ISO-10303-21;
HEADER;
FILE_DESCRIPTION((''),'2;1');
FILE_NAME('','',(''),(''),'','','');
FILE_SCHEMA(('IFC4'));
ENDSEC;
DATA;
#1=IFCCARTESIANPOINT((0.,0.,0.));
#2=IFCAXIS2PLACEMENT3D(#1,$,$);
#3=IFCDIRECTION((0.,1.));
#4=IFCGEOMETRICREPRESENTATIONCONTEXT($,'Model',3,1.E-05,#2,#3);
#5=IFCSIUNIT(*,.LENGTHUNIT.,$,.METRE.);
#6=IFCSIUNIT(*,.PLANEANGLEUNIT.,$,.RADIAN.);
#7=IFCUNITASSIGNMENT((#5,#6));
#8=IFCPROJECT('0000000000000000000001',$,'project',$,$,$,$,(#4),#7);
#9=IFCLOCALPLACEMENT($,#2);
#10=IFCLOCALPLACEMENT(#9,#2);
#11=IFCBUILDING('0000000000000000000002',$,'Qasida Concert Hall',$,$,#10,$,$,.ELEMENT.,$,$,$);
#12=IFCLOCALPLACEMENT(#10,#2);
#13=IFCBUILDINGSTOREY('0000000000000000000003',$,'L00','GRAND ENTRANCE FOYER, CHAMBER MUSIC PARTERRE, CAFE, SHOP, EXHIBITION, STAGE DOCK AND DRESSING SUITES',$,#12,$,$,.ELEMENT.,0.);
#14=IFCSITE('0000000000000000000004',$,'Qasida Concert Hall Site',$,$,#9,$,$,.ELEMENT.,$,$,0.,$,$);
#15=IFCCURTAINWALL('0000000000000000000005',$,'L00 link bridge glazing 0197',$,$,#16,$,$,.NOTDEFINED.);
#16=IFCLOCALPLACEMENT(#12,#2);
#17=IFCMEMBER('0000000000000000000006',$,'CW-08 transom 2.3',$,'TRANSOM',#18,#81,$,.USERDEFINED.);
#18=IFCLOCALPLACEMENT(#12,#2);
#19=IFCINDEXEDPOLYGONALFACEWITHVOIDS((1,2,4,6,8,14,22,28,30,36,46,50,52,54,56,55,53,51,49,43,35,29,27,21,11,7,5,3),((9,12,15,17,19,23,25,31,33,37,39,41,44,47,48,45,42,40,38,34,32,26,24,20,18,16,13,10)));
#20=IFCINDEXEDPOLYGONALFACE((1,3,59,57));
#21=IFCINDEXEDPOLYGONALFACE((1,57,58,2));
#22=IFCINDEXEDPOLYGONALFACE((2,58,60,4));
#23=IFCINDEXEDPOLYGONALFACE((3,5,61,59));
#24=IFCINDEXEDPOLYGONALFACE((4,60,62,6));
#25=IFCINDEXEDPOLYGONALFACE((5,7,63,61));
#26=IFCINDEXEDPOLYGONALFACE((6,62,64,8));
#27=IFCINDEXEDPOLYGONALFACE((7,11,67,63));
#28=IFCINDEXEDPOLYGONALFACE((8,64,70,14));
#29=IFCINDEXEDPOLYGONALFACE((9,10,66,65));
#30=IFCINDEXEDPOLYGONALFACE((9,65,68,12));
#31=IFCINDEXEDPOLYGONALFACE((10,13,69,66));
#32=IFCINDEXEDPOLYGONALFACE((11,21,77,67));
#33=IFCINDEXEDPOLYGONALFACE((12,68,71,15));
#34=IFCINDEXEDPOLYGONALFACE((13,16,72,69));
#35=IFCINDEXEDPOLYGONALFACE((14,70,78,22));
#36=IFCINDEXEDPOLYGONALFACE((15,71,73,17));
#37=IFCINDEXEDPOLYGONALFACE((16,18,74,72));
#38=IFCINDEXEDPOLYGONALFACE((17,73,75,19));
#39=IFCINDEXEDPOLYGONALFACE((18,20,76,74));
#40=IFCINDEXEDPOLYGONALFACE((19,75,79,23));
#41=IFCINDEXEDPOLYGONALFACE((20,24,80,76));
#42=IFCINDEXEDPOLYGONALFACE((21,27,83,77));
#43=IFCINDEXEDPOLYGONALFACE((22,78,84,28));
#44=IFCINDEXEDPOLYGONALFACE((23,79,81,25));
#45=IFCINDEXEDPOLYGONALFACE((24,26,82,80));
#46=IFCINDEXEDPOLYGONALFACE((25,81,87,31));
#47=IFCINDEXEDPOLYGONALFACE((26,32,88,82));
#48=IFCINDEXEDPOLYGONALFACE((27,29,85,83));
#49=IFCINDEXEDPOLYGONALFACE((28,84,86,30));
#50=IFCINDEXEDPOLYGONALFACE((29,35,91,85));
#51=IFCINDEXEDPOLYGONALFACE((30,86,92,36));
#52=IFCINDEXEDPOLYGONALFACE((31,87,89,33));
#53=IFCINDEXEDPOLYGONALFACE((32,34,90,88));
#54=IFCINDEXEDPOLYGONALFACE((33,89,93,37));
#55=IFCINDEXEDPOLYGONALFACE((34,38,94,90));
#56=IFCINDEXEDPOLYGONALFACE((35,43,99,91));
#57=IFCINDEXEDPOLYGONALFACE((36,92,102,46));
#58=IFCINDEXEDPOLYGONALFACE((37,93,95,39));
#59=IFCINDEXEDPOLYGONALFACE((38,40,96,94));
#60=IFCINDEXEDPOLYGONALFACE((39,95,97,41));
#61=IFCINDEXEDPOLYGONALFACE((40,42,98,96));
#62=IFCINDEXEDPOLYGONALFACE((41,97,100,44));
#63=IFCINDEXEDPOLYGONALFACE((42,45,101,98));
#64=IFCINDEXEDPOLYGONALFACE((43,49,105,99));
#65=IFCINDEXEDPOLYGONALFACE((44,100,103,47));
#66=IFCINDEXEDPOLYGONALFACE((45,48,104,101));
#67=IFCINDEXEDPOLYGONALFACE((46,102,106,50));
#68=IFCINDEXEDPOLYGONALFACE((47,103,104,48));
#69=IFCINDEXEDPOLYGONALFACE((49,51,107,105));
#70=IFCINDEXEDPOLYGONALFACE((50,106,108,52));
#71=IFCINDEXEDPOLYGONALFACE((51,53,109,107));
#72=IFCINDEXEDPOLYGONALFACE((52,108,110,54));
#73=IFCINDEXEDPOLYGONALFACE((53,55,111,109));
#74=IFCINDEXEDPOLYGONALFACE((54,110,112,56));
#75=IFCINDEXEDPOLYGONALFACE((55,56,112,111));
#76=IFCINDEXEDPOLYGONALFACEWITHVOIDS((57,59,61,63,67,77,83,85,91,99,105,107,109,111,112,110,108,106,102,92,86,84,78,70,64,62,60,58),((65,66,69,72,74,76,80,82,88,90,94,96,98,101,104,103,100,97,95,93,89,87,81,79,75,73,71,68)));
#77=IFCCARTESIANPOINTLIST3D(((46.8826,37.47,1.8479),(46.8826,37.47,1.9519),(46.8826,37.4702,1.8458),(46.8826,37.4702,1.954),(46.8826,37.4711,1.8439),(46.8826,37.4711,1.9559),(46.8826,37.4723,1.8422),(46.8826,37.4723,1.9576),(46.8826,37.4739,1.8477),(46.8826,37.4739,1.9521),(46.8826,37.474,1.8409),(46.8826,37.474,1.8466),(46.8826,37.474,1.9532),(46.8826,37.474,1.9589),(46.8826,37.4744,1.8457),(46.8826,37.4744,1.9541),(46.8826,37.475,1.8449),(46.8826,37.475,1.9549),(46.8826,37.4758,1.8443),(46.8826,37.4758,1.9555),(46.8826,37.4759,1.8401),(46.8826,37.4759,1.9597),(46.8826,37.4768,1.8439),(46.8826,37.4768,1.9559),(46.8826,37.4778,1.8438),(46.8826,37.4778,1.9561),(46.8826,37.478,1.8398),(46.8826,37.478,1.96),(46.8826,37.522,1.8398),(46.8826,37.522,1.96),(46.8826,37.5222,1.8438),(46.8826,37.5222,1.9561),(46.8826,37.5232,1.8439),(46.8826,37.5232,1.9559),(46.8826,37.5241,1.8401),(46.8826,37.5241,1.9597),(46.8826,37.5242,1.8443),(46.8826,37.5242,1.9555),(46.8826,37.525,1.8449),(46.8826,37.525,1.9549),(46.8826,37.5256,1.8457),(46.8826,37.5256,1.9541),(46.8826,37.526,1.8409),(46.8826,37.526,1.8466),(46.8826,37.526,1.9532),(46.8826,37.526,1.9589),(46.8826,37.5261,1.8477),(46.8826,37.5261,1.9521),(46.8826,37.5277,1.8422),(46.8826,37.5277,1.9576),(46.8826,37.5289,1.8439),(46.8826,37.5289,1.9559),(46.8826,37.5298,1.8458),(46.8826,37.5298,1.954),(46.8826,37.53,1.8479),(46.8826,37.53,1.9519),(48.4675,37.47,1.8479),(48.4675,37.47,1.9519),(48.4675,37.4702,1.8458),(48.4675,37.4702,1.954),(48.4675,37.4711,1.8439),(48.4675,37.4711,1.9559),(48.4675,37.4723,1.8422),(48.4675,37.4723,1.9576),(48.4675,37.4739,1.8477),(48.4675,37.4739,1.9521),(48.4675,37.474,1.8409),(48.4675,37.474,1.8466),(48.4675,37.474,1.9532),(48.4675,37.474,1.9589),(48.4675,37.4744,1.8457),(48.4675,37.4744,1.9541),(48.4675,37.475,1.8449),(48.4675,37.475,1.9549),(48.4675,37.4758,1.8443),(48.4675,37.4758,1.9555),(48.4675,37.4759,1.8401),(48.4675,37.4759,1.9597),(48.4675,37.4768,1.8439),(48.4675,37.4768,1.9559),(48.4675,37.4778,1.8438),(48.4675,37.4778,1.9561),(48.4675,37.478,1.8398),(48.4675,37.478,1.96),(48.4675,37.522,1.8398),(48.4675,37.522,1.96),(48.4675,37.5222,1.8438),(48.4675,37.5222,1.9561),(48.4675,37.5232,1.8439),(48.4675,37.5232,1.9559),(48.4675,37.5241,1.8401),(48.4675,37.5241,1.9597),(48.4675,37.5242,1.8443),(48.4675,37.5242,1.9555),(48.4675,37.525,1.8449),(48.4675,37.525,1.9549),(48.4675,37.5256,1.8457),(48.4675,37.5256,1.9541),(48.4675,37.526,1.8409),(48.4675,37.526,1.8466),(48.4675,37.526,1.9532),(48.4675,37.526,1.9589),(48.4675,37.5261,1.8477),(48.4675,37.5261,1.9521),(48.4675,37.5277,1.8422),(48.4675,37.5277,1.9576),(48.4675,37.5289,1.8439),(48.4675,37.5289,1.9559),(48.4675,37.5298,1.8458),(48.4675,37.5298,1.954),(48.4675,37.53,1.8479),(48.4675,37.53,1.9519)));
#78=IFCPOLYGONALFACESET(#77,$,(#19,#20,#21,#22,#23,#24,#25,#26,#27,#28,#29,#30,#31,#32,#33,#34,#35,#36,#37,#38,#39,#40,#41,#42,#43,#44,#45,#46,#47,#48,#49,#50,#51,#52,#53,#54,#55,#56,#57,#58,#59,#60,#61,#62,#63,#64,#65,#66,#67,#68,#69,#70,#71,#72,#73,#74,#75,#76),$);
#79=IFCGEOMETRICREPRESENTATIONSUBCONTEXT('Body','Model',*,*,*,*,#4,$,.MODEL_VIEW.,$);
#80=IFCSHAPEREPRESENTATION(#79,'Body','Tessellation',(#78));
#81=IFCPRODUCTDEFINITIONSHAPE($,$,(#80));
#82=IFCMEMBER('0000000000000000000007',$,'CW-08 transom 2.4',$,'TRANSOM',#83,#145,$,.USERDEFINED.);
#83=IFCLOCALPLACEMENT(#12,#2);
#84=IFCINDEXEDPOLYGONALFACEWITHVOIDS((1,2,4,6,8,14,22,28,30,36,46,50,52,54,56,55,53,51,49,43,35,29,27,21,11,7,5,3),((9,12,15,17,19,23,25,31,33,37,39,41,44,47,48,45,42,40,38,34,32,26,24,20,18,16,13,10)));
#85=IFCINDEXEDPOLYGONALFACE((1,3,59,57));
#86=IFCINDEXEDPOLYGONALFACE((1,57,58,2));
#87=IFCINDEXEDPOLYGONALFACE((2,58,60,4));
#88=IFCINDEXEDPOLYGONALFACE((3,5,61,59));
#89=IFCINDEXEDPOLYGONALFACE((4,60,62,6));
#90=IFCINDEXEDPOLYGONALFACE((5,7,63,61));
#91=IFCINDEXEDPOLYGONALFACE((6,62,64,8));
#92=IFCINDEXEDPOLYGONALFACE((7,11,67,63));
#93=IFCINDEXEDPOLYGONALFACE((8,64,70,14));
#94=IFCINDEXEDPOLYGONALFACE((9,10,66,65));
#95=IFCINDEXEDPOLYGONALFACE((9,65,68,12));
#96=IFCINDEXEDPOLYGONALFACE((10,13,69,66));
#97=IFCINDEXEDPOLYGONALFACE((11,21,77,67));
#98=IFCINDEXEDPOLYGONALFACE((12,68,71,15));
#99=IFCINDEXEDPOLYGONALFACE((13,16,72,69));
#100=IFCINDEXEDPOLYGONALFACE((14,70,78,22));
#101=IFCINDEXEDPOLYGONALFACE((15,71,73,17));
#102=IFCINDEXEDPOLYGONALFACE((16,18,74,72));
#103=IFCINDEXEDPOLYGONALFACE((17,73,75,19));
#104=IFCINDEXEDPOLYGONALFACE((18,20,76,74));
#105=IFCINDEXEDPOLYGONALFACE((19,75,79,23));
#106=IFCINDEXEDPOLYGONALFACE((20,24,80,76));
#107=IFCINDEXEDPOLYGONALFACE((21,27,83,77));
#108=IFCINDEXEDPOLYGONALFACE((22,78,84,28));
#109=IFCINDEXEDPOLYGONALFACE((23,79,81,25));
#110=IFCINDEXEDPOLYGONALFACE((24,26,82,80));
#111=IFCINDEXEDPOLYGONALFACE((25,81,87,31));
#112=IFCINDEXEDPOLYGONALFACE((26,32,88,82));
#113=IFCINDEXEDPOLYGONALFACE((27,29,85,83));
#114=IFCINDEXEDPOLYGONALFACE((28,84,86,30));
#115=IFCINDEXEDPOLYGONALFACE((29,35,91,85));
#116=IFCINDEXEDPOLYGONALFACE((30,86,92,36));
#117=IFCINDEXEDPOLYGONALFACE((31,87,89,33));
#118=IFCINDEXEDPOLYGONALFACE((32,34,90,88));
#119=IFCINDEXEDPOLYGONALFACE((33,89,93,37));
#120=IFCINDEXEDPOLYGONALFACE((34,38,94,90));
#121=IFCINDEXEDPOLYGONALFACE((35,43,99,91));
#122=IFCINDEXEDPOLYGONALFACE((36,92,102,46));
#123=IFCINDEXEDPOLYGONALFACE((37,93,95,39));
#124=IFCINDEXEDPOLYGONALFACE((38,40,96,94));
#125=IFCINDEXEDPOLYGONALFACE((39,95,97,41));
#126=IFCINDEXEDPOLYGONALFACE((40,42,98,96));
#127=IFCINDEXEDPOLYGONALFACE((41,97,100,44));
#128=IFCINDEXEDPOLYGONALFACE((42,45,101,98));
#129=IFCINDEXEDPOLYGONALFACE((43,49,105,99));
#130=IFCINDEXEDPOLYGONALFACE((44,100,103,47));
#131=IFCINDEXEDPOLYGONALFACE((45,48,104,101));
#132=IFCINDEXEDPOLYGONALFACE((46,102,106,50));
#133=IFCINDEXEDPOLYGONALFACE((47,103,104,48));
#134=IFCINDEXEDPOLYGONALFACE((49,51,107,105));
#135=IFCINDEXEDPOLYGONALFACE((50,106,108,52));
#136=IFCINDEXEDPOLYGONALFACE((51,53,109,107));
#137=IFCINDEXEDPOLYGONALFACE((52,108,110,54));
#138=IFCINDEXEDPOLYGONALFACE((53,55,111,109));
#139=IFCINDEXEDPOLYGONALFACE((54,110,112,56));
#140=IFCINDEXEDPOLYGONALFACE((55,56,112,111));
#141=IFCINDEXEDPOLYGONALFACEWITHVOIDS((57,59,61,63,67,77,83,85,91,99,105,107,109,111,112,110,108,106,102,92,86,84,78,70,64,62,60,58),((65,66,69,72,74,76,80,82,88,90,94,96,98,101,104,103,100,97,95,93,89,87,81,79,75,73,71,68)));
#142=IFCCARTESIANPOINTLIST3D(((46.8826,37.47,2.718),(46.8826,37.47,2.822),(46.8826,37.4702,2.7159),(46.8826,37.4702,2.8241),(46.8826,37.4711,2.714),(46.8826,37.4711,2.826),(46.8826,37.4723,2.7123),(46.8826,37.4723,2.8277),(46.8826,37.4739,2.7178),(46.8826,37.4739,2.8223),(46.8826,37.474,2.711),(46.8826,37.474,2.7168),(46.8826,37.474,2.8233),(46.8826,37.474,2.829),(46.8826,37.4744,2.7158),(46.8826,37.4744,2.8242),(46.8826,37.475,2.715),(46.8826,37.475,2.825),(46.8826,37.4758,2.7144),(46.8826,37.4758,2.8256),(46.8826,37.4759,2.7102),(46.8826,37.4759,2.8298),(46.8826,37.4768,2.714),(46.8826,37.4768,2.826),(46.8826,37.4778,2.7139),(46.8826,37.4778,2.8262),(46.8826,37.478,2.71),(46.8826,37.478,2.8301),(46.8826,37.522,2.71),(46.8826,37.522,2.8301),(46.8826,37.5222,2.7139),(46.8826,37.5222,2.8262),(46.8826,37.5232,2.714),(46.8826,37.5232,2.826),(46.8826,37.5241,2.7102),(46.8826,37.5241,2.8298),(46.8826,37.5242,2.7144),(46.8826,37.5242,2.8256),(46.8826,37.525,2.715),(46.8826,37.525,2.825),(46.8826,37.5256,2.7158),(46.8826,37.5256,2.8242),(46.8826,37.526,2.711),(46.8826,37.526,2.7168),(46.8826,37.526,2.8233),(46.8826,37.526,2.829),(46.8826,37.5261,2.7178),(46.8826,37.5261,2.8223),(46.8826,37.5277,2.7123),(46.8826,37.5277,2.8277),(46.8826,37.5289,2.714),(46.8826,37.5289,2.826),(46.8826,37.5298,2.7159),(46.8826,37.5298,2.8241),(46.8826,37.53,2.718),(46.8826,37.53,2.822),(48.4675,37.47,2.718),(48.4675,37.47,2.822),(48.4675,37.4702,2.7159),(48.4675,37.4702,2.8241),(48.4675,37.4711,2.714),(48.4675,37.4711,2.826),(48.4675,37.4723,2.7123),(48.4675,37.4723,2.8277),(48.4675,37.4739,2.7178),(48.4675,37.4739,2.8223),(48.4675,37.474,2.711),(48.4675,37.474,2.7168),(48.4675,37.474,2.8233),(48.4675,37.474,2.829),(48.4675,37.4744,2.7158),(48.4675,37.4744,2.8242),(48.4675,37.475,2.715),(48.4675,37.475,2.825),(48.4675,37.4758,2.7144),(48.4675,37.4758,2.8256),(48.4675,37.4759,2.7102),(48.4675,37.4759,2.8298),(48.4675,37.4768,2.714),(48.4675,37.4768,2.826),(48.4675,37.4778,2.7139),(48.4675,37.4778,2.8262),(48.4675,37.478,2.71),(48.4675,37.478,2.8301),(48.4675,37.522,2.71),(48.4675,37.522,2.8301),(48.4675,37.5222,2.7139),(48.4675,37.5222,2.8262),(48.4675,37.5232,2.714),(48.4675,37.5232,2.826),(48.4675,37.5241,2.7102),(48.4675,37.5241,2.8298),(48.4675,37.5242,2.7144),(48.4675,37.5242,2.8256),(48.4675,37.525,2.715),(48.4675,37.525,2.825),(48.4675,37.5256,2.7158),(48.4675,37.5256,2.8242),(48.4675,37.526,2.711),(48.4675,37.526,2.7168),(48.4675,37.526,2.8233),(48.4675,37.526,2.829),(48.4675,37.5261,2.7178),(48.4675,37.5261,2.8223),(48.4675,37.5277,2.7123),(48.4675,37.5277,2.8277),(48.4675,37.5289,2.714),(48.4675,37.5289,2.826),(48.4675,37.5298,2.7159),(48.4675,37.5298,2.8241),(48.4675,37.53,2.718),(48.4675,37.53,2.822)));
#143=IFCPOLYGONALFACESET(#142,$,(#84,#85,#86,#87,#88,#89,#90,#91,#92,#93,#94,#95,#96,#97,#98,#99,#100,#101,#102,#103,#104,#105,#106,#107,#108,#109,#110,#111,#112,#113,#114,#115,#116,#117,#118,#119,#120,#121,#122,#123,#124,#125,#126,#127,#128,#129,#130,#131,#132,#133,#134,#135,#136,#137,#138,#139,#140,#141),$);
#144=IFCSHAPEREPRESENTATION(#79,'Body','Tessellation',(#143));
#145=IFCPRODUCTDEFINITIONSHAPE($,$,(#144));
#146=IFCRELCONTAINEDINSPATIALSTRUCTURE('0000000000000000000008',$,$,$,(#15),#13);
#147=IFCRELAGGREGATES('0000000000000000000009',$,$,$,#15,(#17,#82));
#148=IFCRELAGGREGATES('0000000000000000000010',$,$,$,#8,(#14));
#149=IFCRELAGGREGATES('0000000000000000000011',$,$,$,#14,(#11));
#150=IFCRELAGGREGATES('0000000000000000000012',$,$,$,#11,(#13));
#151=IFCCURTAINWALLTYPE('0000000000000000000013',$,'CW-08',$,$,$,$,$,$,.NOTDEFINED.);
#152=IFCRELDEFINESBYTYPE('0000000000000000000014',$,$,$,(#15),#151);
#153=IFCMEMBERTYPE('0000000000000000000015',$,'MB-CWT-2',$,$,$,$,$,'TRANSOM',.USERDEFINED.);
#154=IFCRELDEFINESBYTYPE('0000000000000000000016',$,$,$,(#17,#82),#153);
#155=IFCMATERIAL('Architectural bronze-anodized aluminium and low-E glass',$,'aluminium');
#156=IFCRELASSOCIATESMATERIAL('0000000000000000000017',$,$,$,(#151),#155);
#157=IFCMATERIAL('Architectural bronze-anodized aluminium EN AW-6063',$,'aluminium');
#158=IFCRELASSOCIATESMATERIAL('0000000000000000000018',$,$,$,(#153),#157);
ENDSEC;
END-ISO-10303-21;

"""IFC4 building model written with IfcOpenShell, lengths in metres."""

from ifc_helpers import new_model, si_unit, direction, frame, origin, origin_2d, place, context, subcontext, project, spatial, hollow_rectangle, extrude, material, material_profile, profile_set, type_object, element, aggregate, save


model = new_model("IFC4")

# Units and contexts
model_context = context("Model", 3, precision=1e-05, world=origin(), true_north=direction((0.0, 1.0)))
body_context = subcontext(model_context, "Body", "Model", "MODEL_VIEW")
ifc_project = project(units=[si_unit("LENGTHUNIT", "METRE"), si_unit("PLANEANGLEUNIT", "RADIAN")], contexts=[model_context])

# Site, building, storey
site_placement = place(None, origin())
site = spatial("IfcSite", under=ifc_project, at=site_placement, Name="Qasida Concert Hall Site", CompositionType="ELEMENT", RefElevation=0.0)
building_placement = place(site_placement, origin())
building = spatial("IfcBuilding", under=site, at=building_placement, Name="Qasida Concert Hall", CompositionType="ELEMENT")
storey_placement = place(building_placement, origin())
storey = spatial("IfcBuildingStorey", under=building, at=storey_placement, Name="L00", Description="GRAND ENTRANCE FOYER, CHAMBER MUSIC PARTERRE, CAFE, SHOP, EXHIBITION, STAGE DOCK AND DRESSING SUITES", CompositionType="ELEMENT", Elevation=0.0)

# Curtain wall, members
ifc_material_1 = material(Name="Architectural bronze-anodized aluminium and low-E glass", Category="aluminium")
curtain_wall_type = type_object("IfcCurtainWallType", Name="CW-08", PredefinedType="NOTDEFINED", material=ifc_material_1)
curtain_wall_placement = place(storey_placement, origin())
curtain_wall = element("IfcCurtainWall", 1, at=curtain_wall_placement, inside=storey, type_object=curtain_wall_type, Name="L00 link bridge glazing 0197", PredefinedType="NOTDEFINED")
ifc_material_2 = material(Name="Architectural bronze-anodized aluminium EN AW-6063", Category="aluminium")
ifc_material_profile_1 = material_profile(ifc_material_2, hollow_rectangle(XDim=0.0601, YDim=0.1201, WallThickness=0.0039, InnerFilletRadius=0.0039, OuterFilletRadius=0.0081, at=origin_2d()), Name="CWT 120x60x4")
ifc_profile_set_1 = profile_set([ifc_material_profile_1], Name="Architectural bronze-anodized aluminium EN AW-6063")
member_type_1 = type_object("IfcMemberType", Name="MB-CWT-2", ElementType="TRANSOM", PredefinedType="USERDEFINED", material=ifc_profile_set_1)
member_1_placement = place(storey_placement, frame((46.8826, 37.5, 1.8999), z_axis=(1.0, 0.0, 0.0), x_axis=(0.0, 1.0, 0.0)))
member_1 = element("IfcMember", 2, at=member_1_placement, type_object=member_type_1, Name="CW-08 transom 2.3", ObjectType="TRANSOM", PredefinedType="USERDEFINED", context=body_context, shape_type="SweptSolid", body=[
    extrude(hollow_rectangle(XDim=0.0601, YDim=0.1201, WallThickness=0.0039, InnerFilletRadius=0.0039, OuterFilletRadius=0.0081, at=origin_2d()), origin(), (0.0, 0.0, 1.0), 1.585),
])
member_2_placement = place(storey_placement, frame((46.8826, 37.5, 2.77), z_axis=(1.0, 0.0, 0.0), x_axis=(0.0, 1.0, 0.0)))
member_2 = element("IfcMember", 3, at=member_2_placement, type_object=member_type_1, Name="CW-08 transom 2.4", ObjectType="TRANSOM", PredefinedType="USERDEFINED", context=body_context, shape_type="SweptSolid", body=[
    extrude(hollow_rectangle(XDim=0.0601, YDim=0.1201, WallThickness=0.0039, InnerFilletRadius=0.0039, OuterFilletRadius=0.0081, at=origin_2d()), origin(), (0.0, 0.0, 1.0), 1.585),
])
aggregate(curtain_wall, [member_1, member_2])

save(model, "model.ifc")
